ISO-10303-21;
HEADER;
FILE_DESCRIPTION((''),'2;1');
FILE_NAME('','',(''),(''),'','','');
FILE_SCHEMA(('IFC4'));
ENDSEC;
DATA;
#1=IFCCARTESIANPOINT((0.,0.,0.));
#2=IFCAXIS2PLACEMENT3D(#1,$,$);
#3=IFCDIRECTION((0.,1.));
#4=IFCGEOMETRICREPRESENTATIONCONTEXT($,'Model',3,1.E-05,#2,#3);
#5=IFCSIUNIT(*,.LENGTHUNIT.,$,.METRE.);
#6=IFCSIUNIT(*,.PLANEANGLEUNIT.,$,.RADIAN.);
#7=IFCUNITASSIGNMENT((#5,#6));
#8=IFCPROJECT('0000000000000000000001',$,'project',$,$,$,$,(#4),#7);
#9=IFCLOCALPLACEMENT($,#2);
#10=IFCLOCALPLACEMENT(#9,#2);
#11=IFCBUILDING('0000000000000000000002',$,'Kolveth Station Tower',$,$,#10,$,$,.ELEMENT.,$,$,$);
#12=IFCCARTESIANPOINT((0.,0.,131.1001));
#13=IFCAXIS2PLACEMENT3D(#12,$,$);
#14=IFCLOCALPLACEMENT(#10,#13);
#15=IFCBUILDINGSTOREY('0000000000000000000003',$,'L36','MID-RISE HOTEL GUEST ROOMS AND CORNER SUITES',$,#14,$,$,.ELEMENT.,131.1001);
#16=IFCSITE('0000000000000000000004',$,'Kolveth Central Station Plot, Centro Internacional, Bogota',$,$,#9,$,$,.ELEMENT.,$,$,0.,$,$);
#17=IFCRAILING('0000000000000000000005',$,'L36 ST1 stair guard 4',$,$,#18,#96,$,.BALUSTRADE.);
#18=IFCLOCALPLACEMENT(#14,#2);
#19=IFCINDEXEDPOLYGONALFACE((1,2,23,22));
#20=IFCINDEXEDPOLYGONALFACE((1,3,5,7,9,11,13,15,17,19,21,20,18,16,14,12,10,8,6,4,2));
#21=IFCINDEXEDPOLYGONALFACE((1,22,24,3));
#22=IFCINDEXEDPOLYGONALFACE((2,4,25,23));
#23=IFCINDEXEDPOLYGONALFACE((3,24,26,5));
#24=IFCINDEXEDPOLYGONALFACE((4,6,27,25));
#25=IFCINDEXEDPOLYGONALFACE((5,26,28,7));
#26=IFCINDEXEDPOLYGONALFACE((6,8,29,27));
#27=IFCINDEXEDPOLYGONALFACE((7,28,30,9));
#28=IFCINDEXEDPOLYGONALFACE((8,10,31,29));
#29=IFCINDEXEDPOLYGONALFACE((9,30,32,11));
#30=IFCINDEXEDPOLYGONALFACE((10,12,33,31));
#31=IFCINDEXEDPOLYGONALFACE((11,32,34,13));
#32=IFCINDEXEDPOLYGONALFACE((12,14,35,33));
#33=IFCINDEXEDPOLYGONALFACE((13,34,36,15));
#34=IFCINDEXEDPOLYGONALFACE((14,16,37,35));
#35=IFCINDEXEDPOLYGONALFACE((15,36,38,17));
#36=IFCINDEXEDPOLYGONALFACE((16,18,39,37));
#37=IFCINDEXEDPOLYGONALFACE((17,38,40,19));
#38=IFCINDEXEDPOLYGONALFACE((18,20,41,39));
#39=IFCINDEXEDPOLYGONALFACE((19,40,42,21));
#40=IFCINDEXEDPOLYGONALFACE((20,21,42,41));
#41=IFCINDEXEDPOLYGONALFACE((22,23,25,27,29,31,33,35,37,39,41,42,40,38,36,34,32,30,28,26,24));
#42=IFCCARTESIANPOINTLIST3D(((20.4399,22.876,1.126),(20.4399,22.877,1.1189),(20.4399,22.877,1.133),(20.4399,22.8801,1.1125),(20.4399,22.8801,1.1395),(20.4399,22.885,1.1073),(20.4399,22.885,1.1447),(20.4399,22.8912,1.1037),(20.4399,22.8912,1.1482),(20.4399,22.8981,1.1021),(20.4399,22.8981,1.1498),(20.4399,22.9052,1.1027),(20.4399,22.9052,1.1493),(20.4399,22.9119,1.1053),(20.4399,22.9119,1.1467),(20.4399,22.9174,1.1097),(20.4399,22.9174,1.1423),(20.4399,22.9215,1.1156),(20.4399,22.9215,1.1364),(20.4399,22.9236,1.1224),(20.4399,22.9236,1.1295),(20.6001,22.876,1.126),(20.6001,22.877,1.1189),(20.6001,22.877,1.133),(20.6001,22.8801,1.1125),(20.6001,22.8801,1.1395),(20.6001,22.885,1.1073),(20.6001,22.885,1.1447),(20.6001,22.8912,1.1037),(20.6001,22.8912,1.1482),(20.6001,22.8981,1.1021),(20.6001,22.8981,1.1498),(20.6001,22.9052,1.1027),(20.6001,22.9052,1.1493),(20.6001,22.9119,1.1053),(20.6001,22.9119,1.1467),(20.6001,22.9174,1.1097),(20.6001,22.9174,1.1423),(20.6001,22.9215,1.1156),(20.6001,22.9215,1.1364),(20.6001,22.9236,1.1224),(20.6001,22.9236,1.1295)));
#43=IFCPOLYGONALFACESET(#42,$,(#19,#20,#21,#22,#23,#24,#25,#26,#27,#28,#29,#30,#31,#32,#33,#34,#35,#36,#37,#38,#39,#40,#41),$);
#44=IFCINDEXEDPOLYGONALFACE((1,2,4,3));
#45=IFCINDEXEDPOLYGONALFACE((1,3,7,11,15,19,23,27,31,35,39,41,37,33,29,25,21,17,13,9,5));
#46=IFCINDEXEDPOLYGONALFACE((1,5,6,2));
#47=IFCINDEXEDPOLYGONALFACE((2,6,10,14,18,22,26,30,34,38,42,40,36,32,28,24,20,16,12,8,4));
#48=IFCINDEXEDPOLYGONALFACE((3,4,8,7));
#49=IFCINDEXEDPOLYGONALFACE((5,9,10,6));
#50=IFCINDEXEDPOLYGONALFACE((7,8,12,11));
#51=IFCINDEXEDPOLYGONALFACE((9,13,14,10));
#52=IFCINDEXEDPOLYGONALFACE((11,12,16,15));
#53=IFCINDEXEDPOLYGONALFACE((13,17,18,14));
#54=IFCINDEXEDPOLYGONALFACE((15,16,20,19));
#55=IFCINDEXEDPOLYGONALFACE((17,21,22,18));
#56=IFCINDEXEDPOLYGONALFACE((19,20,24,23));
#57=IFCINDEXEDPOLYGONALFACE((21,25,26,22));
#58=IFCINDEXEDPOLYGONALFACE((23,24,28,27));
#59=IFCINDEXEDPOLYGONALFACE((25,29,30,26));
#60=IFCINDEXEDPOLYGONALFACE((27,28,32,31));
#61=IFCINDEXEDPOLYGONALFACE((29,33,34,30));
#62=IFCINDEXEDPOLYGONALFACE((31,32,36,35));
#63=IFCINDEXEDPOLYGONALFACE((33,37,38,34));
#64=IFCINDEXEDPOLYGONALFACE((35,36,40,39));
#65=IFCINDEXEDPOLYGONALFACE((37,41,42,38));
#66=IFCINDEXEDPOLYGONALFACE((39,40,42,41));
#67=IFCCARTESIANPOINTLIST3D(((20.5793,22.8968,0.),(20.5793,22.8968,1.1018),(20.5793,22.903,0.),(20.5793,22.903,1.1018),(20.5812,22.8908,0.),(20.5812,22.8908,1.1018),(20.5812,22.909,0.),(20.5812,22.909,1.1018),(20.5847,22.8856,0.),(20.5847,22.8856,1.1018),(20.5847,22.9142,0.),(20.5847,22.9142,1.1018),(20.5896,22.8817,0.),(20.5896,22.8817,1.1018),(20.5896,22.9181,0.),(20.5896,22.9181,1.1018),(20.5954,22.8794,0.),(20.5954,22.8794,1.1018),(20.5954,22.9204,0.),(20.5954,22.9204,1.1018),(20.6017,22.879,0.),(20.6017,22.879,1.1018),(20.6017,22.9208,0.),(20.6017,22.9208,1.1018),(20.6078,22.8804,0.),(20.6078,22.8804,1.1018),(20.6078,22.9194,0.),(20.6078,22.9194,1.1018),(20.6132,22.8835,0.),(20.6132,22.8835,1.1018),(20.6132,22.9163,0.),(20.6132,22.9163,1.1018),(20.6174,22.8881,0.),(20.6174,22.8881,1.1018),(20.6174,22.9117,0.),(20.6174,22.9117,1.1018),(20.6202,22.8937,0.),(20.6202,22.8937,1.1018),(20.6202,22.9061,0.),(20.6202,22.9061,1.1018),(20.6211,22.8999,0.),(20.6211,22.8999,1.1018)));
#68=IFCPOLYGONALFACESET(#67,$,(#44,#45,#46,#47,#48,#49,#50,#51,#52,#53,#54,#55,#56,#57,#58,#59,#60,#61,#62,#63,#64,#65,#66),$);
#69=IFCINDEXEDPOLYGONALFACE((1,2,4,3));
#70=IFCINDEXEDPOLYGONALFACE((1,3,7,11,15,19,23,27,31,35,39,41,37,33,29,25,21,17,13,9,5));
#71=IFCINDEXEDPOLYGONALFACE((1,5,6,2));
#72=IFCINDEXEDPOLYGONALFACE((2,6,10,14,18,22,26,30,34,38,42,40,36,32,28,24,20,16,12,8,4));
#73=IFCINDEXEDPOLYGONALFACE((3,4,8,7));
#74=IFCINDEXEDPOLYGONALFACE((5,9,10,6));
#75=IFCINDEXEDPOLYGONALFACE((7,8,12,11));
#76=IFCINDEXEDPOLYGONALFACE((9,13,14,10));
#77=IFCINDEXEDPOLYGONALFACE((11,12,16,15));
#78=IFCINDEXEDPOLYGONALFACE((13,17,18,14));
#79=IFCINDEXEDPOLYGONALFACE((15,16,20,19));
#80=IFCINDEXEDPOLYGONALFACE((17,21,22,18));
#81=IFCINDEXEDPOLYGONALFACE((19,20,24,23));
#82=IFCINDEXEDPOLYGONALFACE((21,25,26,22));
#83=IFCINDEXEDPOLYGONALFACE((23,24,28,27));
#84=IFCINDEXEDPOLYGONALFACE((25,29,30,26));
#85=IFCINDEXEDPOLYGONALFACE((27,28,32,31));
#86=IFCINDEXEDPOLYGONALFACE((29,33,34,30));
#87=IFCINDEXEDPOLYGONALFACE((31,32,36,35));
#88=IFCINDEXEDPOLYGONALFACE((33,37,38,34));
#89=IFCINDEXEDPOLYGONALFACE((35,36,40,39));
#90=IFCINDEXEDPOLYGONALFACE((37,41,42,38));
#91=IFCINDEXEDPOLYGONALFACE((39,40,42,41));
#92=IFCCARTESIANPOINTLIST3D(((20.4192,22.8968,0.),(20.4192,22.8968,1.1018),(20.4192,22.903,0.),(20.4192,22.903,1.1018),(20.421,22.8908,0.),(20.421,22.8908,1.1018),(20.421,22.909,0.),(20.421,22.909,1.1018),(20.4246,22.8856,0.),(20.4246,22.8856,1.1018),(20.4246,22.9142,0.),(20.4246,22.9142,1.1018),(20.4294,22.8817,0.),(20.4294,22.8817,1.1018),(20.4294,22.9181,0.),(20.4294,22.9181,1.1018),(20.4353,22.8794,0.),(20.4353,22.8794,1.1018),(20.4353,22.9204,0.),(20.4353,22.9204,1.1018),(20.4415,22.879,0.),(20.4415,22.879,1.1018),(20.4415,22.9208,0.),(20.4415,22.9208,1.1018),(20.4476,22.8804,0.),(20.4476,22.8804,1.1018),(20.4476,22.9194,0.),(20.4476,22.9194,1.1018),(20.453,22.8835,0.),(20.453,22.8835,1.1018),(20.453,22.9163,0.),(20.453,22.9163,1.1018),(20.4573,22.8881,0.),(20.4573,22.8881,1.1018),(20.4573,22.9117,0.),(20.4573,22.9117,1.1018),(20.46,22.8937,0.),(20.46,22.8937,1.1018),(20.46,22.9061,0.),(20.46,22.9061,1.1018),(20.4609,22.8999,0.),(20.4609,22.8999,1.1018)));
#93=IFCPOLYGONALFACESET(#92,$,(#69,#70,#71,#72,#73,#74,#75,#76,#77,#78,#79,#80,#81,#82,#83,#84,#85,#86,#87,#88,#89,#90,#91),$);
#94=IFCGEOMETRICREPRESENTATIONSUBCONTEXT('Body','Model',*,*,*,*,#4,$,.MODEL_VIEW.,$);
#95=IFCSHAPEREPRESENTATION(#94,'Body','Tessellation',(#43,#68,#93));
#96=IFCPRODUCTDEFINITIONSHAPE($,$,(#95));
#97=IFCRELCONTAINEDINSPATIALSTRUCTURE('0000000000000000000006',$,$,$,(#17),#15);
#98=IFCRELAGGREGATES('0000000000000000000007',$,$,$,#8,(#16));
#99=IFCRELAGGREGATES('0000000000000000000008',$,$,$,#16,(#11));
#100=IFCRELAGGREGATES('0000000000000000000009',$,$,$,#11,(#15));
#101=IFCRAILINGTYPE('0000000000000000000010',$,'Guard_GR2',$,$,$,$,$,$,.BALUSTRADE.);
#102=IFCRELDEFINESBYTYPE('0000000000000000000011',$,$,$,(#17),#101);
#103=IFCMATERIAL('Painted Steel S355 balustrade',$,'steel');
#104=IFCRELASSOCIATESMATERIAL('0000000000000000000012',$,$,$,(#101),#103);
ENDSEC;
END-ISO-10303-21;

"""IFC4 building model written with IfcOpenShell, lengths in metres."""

from ifc_helpers import new_model, si_unit, direction, frame, origin, origin_2d, place, context, subcontext, project, spatial, circle, extrude, material, type_object, element, save


model = new_model("IFC4")

# Units and contexts
model_context = context("Model", 3, precision=1e-05, world=origin(), true_north=direction((0.0, 1.0)))
body_context = subcontext(model_context, "Body", "Model", "MODEL_VIEW")
ifc_project = project(units=[si_unit("LENGTHUNIT", "METRE"), si_unit("PLANEANGLEUNIT", "RADIAN")], contexts=[model_context])

# Site, building, storey
site_placement = place(None, origin())
site = spatial("IfcSite", under=ifc_project, at=site_placement, Name="Kolveth Central Station Plot, Centro Internacional, Bogota", CompositionType="ELEMENT", RefElevation=0.0)
building_placement = place(site_placement, origin())
building = spatial("IfcBuilding", under=site, at=building_placement, Name="Kolveth Station Tower", CompositionType="ELEMENT")
storey_placement = place(building_placement, frame((0.0, 0.0, 131.1001)))
storey = spatial("IfcBuildingStorey", under=building, at=storey_placement, Name="L36", Description="MID-RISE HOTEL GUEST ROOMS AND CORNER SUITES", CompositionType="ELEMENT", Elevation=131.1001)

# Railing
ifc_material_1 = material(Name="Painted Steel S355 balustrade", Category="steel")
railing_type_1 = type_object("IfcRailingType", Name="Guard_GR2", PredefinedType="BALUSTRADE", material=ifc_material_1)
railing_1_placement = place(storey_placement, frame((20.6001, 22.8999, 0.0)))
element("IfcRailing", 1, at=railing_1_placement, inside=storey, type_object=railing_type_1, Name="L36 ST1 stair guard 4", PredefinedType="BALUSTRADE", context=body_context, shape_type="SweptSolid", body=[
    extrude(circle(Radius=0.0239, at=origin_2d()), frame((0.0, 0.0, 1.126), z_axis=(-1.0, 0.0, 0.0), x_axis=(0.0, -1.0, 0.0)), (0.0, 0.0, 1.0), 0.1602),
    extrude(circle(Radius=0.021, at=origin_2d()), origin(), (0.0, 0.0, 1.0), 1.1018),
    extrude(circle(Radius=0.021, at=origin_2d()), frame((-0.1602, 0.0, 0.0)), (0.0, 0.0, 1.0), 1.1018),
])

save(model, "model.ifc")
